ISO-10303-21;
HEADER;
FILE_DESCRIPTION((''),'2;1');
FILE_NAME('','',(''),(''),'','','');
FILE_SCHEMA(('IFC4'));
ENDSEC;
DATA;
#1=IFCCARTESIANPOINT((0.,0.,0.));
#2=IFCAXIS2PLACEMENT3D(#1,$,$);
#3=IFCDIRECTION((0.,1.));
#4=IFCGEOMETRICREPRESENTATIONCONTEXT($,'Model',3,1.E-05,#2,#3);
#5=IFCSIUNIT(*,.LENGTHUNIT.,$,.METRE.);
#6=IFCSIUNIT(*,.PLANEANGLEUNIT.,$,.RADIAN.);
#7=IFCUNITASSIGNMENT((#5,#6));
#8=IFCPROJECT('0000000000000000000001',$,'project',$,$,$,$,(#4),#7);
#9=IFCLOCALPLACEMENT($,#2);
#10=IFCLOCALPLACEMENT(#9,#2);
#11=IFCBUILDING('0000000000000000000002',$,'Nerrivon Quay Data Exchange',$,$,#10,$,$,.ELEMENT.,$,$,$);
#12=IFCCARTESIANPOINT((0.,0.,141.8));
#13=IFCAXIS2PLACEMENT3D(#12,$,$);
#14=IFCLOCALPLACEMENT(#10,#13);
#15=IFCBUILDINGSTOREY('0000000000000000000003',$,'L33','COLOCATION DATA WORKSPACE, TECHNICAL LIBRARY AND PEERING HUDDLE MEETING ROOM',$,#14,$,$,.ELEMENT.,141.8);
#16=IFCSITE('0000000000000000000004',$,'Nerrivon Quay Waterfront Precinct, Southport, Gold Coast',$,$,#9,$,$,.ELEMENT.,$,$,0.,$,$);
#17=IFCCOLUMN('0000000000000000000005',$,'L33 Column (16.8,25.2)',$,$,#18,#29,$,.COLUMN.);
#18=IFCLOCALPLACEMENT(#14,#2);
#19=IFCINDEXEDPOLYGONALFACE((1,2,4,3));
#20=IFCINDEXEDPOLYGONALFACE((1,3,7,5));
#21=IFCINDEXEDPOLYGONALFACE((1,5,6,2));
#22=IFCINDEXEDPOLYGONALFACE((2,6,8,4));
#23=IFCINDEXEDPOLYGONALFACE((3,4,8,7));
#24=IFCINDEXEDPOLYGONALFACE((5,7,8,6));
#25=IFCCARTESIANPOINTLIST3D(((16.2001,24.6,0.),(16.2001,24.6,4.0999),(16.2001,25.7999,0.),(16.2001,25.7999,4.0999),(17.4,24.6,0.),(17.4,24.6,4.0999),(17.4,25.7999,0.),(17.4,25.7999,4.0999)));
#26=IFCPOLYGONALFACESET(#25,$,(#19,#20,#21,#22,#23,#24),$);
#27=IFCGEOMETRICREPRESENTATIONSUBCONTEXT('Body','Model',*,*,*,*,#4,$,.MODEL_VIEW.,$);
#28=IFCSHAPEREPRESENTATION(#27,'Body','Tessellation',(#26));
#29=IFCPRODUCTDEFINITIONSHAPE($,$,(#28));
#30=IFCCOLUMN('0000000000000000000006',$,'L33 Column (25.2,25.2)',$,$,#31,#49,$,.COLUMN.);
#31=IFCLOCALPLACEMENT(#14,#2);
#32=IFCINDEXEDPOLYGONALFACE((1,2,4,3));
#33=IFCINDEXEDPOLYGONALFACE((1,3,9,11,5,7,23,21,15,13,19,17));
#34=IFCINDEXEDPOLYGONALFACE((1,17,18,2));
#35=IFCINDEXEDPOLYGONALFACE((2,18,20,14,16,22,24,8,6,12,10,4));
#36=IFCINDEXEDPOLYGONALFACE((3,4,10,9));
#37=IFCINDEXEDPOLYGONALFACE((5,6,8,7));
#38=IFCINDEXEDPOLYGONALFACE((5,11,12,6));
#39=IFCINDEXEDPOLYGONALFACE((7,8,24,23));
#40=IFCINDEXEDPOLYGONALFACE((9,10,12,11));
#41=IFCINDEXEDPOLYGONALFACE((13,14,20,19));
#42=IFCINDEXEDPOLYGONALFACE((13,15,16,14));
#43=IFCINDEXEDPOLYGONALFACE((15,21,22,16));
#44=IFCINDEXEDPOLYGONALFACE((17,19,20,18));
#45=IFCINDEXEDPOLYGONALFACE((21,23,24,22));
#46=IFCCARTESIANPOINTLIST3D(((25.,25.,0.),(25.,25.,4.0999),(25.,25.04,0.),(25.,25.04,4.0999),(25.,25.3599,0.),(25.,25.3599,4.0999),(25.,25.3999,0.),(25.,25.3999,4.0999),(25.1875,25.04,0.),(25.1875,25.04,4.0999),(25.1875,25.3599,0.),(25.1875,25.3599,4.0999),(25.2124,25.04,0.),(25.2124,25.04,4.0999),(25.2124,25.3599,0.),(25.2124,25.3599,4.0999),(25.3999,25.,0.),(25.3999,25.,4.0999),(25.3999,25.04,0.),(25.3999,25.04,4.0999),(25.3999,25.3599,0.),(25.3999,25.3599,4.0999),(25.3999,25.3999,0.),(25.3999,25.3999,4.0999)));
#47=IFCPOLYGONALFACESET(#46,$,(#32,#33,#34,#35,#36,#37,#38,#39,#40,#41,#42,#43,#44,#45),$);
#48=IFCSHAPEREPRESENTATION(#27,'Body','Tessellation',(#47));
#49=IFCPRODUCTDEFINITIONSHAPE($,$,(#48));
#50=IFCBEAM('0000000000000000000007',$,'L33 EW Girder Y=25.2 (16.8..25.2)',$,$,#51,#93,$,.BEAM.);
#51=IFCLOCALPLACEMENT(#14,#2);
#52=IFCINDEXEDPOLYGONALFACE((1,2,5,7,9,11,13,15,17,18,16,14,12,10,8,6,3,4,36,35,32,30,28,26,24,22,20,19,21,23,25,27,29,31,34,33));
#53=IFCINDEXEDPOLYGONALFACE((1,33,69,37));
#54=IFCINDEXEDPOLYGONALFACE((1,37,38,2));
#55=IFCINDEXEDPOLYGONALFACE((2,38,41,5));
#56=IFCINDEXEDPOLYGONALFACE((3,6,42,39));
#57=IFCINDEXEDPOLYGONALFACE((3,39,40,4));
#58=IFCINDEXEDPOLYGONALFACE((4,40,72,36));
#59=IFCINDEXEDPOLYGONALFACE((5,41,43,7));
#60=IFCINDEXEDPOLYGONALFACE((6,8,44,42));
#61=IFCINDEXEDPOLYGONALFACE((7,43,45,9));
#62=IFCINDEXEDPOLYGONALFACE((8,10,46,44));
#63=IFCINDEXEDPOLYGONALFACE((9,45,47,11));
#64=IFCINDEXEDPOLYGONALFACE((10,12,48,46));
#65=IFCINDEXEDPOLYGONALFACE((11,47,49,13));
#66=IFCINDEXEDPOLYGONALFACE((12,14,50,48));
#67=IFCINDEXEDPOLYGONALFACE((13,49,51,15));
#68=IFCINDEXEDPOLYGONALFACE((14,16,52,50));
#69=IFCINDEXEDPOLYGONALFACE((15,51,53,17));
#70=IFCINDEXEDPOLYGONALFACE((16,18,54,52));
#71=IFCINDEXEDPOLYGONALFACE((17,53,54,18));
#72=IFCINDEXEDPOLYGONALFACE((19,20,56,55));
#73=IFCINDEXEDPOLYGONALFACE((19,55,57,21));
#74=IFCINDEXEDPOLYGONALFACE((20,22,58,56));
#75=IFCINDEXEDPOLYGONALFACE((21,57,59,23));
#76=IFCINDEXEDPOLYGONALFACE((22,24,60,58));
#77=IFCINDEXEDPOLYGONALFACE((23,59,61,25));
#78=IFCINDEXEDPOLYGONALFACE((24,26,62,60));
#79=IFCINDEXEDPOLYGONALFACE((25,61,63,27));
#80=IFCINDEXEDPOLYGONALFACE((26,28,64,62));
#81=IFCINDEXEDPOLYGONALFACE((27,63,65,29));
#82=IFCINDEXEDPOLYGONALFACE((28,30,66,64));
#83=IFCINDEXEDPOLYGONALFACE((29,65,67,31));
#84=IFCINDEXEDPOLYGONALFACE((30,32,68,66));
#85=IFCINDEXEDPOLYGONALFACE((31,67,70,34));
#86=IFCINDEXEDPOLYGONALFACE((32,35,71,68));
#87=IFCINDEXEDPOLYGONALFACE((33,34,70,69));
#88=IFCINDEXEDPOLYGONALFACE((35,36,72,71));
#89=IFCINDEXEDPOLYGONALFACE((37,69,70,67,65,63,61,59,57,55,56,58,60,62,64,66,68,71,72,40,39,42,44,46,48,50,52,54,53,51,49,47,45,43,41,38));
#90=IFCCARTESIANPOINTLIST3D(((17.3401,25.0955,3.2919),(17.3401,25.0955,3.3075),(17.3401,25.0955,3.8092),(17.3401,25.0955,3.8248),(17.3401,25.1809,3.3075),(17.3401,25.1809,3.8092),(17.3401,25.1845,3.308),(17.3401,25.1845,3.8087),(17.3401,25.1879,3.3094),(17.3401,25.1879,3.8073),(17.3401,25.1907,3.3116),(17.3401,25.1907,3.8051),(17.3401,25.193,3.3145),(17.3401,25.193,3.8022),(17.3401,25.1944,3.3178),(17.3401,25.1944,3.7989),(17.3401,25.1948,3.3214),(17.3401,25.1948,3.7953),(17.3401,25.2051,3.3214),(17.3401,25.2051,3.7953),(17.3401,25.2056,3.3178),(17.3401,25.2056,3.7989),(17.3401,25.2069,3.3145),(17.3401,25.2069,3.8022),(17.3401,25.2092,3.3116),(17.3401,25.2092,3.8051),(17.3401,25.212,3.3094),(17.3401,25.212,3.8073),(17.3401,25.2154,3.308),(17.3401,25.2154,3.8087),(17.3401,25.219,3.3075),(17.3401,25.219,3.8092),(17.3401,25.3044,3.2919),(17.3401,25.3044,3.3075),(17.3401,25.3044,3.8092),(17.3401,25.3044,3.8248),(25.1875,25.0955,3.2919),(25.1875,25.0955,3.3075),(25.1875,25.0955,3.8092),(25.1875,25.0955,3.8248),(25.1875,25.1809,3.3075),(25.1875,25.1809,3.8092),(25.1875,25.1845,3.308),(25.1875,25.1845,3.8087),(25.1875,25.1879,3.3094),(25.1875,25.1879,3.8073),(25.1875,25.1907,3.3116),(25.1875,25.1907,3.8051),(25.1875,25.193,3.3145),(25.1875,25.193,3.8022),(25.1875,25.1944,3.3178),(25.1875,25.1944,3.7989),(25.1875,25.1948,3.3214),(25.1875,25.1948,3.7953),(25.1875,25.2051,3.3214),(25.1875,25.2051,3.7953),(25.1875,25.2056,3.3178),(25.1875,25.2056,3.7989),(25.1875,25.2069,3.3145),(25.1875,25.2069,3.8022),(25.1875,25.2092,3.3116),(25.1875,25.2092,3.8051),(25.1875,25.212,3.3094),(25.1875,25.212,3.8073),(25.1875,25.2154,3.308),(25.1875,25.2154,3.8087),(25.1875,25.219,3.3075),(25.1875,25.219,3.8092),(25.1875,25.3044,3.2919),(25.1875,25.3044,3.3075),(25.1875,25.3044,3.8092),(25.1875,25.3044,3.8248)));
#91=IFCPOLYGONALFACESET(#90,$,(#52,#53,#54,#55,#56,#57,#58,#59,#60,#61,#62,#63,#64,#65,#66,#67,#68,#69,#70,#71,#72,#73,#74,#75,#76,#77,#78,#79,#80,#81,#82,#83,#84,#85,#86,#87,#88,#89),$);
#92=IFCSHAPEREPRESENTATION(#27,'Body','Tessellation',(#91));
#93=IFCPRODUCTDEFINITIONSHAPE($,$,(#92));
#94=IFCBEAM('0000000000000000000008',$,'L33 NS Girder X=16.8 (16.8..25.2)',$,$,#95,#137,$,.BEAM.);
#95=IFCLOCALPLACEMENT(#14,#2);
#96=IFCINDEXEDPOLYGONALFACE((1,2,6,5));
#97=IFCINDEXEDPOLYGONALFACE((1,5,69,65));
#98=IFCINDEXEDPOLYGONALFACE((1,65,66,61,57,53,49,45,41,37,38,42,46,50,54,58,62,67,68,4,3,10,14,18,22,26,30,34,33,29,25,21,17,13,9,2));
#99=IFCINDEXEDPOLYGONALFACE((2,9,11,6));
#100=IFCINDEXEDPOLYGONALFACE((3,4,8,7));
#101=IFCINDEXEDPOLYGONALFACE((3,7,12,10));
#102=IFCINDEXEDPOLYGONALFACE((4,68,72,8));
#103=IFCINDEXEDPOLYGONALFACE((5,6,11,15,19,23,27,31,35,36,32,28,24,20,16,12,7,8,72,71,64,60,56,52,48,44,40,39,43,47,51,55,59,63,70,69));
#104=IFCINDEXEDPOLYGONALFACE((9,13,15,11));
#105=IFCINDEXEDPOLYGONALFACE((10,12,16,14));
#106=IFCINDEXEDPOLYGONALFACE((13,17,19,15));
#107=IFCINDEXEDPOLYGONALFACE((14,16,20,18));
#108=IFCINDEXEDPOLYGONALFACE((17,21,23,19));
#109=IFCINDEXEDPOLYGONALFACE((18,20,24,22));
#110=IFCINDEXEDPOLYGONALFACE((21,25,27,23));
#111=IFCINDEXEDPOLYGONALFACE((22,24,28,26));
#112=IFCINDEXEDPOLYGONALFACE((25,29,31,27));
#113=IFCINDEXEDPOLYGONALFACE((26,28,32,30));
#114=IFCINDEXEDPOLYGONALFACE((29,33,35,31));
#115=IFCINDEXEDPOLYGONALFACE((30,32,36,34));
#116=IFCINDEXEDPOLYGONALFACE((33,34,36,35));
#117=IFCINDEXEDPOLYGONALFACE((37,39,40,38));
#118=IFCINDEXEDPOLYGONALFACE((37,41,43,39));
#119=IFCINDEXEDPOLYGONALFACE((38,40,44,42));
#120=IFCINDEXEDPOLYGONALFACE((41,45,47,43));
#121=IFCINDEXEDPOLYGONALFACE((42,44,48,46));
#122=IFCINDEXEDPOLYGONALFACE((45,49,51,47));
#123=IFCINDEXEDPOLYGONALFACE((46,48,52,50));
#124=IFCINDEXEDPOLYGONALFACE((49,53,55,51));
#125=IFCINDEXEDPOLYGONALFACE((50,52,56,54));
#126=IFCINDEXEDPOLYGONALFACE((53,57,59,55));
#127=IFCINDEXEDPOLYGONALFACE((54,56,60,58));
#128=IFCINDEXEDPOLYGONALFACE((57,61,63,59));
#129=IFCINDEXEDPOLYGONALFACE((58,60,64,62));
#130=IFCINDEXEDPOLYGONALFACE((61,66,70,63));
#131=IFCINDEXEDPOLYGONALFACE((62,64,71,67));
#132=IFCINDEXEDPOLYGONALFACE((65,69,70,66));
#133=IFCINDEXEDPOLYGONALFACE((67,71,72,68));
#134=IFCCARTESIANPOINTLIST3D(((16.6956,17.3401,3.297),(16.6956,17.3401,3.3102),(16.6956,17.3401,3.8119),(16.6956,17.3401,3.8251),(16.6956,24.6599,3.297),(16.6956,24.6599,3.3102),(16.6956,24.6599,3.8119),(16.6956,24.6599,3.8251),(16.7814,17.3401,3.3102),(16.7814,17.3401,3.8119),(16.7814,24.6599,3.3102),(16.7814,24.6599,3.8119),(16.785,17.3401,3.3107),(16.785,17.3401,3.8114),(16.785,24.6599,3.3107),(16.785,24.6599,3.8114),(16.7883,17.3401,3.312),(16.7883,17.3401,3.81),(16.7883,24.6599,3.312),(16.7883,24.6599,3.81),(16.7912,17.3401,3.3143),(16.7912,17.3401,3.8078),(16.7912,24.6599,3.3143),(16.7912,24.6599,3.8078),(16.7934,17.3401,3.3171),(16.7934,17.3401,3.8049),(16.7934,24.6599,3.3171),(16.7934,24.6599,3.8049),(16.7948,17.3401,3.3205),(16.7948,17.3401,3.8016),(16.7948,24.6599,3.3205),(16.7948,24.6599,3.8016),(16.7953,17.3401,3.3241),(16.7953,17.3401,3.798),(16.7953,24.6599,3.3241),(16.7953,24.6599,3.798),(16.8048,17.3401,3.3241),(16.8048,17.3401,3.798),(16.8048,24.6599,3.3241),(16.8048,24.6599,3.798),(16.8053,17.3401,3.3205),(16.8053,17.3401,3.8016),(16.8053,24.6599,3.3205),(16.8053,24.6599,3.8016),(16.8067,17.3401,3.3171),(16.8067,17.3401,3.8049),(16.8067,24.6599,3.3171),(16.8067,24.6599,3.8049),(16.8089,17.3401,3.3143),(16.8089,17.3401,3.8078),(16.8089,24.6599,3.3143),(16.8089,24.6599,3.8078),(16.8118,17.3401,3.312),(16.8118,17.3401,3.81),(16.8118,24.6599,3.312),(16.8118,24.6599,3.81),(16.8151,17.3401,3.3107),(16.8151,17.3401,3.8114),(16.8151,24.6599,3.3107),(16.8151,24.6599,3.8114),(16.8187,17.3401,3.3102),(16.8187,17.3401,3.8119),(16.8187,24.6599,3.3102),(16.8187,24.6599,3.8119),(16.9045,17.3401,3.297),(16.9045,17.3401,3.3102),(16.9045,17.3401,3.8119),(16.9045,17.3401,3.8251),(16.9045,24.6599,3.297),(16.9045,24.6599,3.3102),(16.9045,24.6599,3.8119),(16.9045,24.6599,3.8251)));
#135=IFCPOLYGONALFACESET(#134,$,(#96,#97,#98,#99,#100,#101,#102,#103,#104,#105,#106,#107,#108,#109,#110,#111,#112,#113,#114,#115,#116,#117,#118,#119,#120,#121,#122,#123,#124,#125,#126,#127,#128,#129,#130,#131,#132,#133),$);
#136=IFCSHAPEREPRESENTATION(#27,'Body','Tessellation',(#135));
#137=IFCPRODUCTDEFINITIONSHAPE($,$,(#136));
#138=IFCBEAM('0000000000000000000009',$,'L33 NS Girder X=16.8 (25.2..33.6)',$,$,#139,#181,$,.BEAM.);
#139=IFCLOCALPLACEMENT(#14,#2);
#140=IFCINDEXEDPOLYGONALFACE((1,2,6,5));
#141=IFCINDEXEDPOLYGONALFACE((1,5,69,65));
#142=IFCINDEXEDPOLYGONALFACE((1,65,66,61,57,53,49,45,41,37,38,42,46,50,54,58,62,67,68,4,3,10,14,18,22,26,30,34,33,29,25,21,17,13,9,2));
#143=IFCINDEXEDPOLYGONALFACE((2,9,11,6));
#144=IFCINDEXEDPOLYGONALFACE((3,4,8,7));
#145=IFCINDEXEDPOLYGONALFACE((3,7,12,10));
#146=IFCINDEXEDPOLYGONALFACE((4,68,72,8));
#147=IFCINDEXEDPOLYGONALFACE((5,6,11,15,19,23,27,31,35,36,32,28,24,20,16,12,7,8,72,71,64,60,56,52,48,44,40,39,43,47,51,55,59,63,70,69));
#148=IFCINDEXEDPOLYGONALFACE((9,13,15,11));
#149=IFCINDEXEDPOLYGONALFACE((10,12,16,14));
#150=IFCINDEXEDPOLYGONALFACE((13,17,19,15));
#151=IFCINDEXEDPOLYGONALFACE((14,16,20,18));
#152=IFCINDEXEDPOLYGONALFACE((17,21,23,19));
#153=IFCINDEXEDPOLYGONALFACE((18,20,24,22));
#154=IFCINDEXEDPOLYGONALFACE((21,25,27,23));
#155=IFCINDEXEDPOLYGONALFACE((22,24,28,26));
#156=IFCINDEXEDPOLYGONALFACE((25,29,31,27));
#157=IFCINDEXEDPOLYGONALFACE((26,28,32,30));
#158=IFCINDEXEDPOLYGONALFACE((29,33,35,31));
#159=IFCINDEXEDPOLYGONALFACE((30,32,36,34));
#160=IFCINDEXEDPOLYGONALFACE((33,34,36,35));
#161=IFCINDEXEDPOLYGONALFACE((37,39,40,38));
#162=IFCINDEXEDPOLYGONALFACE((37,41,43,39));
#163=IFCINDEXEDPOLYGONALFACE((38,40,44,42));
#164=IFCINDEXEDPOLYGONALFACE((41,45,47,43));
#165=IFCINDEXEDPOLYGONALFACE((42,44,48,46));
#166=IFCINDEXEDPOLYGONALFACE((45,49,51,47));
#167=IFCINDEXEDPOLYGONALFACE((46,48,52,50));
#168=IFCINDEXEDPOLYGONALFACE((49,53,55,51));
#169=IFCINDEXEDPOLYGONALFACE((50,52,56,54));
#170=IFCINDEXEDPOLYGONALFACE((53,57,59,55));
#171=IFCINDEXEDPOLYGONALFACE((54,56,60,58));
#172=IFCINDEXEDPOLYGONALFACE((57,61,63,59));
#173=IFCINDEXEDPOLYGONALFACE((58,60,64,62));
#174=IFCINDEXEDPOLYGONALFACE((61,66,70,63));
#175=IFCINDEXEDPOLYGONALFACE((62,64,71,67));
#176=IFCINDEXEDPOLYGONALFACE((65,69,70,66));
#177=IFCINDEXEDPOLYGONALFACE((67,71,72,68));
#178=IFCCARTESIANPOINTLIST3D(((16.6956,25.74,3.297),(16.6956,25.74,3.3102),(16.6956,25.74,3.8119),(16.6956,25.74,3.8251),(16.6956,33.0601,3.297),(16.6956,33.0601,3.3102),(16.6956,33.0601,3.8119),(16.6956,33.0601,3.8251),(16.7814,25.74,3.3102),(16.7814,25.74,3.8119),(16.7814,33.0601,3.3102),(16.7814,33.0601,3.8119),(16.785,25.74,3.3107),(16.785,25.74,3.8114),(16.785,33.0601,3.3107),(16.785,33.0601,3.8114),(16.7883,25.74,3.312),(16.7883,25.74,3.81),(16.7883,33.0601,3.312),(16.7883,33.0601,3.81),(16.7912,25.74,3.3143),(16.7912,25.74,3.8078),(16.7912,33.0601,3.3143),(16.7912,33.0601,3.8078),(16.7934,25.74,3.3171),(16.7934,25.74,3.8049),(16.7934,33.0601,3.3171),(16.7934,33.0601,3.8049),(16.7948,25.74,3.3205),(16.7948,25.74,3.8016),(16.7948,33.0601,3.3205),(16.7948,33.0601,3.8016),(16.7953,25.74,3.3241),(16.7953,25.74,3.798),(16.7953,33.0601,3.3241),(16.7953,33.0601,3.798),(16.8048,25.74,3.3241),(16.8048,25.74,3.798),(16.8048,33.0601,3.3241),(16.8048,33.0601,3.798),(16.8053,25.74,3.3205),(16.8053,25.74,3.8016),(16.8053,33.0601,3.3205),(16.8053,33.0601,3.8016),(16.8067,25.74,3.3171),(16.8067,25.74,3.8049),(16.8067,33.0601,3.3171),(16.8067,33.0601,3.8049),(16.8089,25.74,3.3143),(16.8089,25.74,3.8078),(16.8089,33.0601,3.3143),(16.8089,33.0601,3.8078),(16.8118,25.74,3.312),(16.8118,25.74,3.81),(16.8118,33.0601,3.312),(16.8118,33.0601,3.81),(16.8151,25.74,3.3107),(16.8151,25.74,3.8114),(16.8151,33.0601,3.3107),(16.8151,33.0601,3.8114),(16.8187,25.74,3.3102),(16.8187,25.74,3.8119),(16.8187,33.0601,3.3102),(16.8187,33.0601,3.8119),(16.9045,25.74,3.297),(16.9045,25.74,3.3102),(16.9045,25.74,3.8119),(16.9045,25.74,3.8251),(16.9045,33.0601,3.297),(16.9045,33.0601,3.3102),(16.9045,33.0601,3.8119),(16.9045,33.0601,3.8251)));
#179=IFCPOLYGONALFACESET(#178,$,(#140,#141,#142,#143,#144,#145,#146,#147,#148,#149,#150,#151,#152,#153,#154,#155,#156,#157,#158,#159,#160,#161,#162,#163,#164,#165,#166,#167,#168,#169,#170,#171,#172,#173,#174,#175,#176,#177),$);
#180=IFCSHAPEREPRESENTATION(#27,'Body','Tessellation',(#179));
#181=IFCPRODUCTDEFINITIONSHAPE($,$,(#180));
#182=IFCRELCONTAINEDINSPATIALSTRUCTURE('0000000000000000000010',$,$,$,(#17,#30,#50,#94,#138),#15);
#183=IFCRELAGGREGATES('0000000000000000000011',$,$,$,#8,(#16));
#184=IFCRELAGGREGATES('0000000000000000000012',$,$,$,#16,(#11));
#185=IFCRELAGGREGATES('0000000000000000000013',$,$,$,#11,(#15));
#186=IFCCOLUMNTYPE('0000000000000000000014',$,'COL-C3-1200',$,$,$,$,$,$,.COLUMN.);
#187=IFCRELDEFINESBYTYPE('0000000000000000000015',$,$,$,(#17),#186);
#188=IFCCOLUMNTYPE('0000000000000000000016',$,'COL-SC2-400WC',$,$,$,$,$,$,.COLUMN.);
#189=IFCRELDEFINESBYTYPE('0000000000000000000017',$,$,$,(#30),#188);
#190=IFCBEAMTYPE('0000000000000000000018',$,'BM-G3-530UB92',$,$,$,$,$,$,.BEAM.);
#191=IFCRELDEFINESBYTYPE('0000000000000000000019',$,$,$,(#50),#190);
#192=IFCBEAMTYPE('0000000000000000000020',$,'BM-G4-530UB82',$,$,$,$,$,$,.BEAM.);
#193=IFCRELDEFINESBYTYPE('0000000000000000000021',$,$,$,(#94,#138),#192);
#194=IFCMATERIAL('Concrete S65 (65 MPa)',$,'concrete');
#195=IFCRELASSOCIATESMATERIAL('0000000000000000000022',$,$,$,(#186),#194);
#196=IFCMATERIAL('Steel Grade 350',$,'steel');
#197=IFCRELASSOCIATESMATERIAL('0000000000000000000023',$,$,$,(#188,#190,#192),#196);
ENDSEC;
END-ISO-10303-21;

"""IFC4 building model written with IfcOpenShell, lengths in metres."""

from ifc_helpers import new_model, si_unit, direction, frame, origin, origin_2d, place, context, subcontext, project, spatial, rectangle, i_section, extrude, material, material_profile, profile_set, type_object, element, save


model = new_model("IFC4")

# Units and contexts
model_context = context("Model", 3, precision=1e-05, world=origin(), true_north=direction((0.0, 1.0)))
body_context = subcontext(model_context, "Body", "Model", "MODEL_VIEW")
ifc_project = project(units=[si_unit("LENGTHUNIT", "METRE"), si_unit("PLANEANGLEUNIT", "RADIAN")], contexts=[model_context])

# Site, building, storey
site_placement = place(None, origin())
site = spatial("IfcSite", under=ifc_project, at=site_placement, Name="Nerrivon Quay Waterfront Precinct, Southport, Gold Coast", CompositionType="ELEMENT", RefElevation=0.0)
building_placement = place(site_placement, origin())
building = spatial("IfcBuilding", under=site, at=building_placement, Name="Nerrivon Quay Data Exchange", CompositionType="ELEMENT")
storey_placement = place(building_placement, frame((0.0, 0.0, 141.8)))
storey = spatial("IfcBuildingStorey", under=building, at=storey_placement, Name="L33", Description="COLOCATION DATA WORKSPACE, TECHNICAL LIBRARY AND PEERING HUDDLE MEETING ROOM", CompositionType="ELEMENT", Elevation=141.8)

# Columns
ifc_material_1 = material(Name="Concrete S65 (65 MPa)", Category="concrete")
ifc_material_profile_1 = material_profile(ifc_material_1, rectangle(XDim=1.2, YDim=1.2, at=origin_2d()), Name="RC-COL-1200x1200")
ifc_profile_set_1 = profile_set([ifc_material_profile_1], Name="Concrete S65 (65 MPa)")
column_type_1 = type_object("IfcColumnType", Name="COL-C3-1200", PredefinedType="COLUMN", material=ifc_profile_set_1)
column_1_placement = place(storey_placement, frame((16.8, 25.2, 0.0), z_axis=(0.0, 0.0, 1.0), x_axis=(1.0, 0.0, 0.0)))
element("IfcColumn", 1, at=column_1_placement, inside=storey, type_object=column_type_1, Name="L33 Column (16.8,25.2)", PredefinedType="COLUMN", context=body_context, shape_type="SweptSolid", body=[
    extrude(rectangle(XDim=1.2, YDim=1.2, at=origin_2d()), origin(), (0.0, 0.0, 1.0), 4.0999),
])
ifc_material_2 = material(Name="Steel Grade 350", Category="steel")
ifc_material_profile_2 = material_profile(ifc_material_2, i_section(OverallWidth=0.3999, OverallDepth=0.3999, WebThickness=0.0249, FlangeThickness=0.04, at=origin_2d()), Name="400WC328")
ifc_profile_set_2 = profile_set([ifc_material_profile_2], Name="Steel Grade 350")
column_type_2 = type_object("IfcColumnType", Name="COL-SC2-400WC", PredefinedType="COLUMN", material=ifc_profile_set_2)
column_2_placement = place(storey_placement, frame((25.2, 25.2, 0.0), z_axis=(0.0, 0.0, 1.0), x_axis=(1.0, 0.0, 0.0)))
element("IfcColumn", 2, at=column_2_placement, inside=storey, type_object=column_type_2, Name="L33 Column (25.2,25.2)", PredefinedType="COLUMN", context=body_context, shape_type="SweptSolid", body=[
    extrude(i_section(OverallWidth=0.3999, OverallDepth=0.3999, WebThickness=0.0249, FlangeThickness=0.04, at=origin_2d()), origin(), (0.0, 0.0, 1.0), 4.0999),
])

# Beams
ifc_material_profile_3 = material_profile(ifc_material_2, i_section(OverallWidth=0.209, OverallDepth=0.533, WebThickness=0.0103, FlangeThickness=0.0156, FilletRadius=0.0139, at=origin_2d()), Name="530UB92.4")
ifc_profile_set_3 = profile_set([ifc_material_profile_3], Name="Steel Grade 350")
beam_type_1 = type_object("IfcBeamType", Name="BM-G3-530UB92", PredefinedType="BEAM", material=ifc_profile_set_3)
beam_1_placement = place(storey_placement, frame((17.3401, 25.2, 3.5583), z_axis=(1.0, 0.0, 0.0), x_axis=(0.0, 1.0, 0.0)))
element("IfcBeam", 3, at=beam_1_placement, inside=storey, type_object=beam_type_1, Name="L33 EW Girder Y=25.2 (16.8..25.2)", PredefinedType="BEAM", context=body_context, shape_type="SweptSolid", body=[
    extrude(i_section(OverallWidth=0.209, OverallDepth=0.533, WebThickness=0.0103, FlangeThickness=0.0156, FilletRadius=0.0139, at=origin_2d()), origin(), (0.0, 0.0, 1.0), 7.8474),
])
ifc_material_profile_4 = material_profile(ifc_material_2, i_section(OverallWidth=0.209, OverallDepth=0.5281, WebThickness=0.0095, FlangeThickness=0.0132, FilletRadius=0.0139, at=origin_2d()), Name="530UB82.0")
ifc_profile_set_4 = profile_set([ifc_material_profile_4], Name="Steel Grade 350")
beam_type_2 = type_object("IfcBeamType", Name="BM-G4-530UB82", PredefinedType="BEAM", material=ifc_profile_set_4)
beam_2_placement = place(storey_placement, frame((16.8, 17.3401, 3.561), z_axis=(0.0, 1.0, 0.0), x_axis=(-1.0, 0.0, 0.0)))
element("IfcBeam", 4, at=beam_2_placement, inside=storey, type_object=beam_type_2, Name="L33 NS Girder X=16.8 (16.8..25.2)", PredefinedType="BEAM", context=body_context, shape_type="SweptSolid", body=[
    extrude(i_section(OverallWidth=0.209, OverallDepth=0.5281, WebThickness=0.0095, FlangeThickness=0.0132, FilletRadius=0.0139, at=origin_2d()), origin(), (0.0, 0.0, 1.0), 7.3198),
])
beam_3_placement = place(storey_placement, frame((16.8, 25.74, 3.561), z_axis=(0.0, 1.0, 0.0), x_axis=(-1.0, 0.0, 0.0)))
element("IfcBeam", 5, at=beam_3_placement, inside=storey, type_object=beam_type_2, Name="L33 NS Girder X=16.8 (25.2..33.6)", PredefinedType="BEAM", context=body_context, shape_type="SweptSolid", body=[
    extrude(i_section(OverallWidth=0.209, OverallDepth=0.5281, WebThickness=0.0095, FlangeThickness=0.0132, FilletRadius=0.0139, at=origin_2d()), origin(), (0.0, 0.0, 1.0), 7.3201),
])

save(model, "model.ifc")
